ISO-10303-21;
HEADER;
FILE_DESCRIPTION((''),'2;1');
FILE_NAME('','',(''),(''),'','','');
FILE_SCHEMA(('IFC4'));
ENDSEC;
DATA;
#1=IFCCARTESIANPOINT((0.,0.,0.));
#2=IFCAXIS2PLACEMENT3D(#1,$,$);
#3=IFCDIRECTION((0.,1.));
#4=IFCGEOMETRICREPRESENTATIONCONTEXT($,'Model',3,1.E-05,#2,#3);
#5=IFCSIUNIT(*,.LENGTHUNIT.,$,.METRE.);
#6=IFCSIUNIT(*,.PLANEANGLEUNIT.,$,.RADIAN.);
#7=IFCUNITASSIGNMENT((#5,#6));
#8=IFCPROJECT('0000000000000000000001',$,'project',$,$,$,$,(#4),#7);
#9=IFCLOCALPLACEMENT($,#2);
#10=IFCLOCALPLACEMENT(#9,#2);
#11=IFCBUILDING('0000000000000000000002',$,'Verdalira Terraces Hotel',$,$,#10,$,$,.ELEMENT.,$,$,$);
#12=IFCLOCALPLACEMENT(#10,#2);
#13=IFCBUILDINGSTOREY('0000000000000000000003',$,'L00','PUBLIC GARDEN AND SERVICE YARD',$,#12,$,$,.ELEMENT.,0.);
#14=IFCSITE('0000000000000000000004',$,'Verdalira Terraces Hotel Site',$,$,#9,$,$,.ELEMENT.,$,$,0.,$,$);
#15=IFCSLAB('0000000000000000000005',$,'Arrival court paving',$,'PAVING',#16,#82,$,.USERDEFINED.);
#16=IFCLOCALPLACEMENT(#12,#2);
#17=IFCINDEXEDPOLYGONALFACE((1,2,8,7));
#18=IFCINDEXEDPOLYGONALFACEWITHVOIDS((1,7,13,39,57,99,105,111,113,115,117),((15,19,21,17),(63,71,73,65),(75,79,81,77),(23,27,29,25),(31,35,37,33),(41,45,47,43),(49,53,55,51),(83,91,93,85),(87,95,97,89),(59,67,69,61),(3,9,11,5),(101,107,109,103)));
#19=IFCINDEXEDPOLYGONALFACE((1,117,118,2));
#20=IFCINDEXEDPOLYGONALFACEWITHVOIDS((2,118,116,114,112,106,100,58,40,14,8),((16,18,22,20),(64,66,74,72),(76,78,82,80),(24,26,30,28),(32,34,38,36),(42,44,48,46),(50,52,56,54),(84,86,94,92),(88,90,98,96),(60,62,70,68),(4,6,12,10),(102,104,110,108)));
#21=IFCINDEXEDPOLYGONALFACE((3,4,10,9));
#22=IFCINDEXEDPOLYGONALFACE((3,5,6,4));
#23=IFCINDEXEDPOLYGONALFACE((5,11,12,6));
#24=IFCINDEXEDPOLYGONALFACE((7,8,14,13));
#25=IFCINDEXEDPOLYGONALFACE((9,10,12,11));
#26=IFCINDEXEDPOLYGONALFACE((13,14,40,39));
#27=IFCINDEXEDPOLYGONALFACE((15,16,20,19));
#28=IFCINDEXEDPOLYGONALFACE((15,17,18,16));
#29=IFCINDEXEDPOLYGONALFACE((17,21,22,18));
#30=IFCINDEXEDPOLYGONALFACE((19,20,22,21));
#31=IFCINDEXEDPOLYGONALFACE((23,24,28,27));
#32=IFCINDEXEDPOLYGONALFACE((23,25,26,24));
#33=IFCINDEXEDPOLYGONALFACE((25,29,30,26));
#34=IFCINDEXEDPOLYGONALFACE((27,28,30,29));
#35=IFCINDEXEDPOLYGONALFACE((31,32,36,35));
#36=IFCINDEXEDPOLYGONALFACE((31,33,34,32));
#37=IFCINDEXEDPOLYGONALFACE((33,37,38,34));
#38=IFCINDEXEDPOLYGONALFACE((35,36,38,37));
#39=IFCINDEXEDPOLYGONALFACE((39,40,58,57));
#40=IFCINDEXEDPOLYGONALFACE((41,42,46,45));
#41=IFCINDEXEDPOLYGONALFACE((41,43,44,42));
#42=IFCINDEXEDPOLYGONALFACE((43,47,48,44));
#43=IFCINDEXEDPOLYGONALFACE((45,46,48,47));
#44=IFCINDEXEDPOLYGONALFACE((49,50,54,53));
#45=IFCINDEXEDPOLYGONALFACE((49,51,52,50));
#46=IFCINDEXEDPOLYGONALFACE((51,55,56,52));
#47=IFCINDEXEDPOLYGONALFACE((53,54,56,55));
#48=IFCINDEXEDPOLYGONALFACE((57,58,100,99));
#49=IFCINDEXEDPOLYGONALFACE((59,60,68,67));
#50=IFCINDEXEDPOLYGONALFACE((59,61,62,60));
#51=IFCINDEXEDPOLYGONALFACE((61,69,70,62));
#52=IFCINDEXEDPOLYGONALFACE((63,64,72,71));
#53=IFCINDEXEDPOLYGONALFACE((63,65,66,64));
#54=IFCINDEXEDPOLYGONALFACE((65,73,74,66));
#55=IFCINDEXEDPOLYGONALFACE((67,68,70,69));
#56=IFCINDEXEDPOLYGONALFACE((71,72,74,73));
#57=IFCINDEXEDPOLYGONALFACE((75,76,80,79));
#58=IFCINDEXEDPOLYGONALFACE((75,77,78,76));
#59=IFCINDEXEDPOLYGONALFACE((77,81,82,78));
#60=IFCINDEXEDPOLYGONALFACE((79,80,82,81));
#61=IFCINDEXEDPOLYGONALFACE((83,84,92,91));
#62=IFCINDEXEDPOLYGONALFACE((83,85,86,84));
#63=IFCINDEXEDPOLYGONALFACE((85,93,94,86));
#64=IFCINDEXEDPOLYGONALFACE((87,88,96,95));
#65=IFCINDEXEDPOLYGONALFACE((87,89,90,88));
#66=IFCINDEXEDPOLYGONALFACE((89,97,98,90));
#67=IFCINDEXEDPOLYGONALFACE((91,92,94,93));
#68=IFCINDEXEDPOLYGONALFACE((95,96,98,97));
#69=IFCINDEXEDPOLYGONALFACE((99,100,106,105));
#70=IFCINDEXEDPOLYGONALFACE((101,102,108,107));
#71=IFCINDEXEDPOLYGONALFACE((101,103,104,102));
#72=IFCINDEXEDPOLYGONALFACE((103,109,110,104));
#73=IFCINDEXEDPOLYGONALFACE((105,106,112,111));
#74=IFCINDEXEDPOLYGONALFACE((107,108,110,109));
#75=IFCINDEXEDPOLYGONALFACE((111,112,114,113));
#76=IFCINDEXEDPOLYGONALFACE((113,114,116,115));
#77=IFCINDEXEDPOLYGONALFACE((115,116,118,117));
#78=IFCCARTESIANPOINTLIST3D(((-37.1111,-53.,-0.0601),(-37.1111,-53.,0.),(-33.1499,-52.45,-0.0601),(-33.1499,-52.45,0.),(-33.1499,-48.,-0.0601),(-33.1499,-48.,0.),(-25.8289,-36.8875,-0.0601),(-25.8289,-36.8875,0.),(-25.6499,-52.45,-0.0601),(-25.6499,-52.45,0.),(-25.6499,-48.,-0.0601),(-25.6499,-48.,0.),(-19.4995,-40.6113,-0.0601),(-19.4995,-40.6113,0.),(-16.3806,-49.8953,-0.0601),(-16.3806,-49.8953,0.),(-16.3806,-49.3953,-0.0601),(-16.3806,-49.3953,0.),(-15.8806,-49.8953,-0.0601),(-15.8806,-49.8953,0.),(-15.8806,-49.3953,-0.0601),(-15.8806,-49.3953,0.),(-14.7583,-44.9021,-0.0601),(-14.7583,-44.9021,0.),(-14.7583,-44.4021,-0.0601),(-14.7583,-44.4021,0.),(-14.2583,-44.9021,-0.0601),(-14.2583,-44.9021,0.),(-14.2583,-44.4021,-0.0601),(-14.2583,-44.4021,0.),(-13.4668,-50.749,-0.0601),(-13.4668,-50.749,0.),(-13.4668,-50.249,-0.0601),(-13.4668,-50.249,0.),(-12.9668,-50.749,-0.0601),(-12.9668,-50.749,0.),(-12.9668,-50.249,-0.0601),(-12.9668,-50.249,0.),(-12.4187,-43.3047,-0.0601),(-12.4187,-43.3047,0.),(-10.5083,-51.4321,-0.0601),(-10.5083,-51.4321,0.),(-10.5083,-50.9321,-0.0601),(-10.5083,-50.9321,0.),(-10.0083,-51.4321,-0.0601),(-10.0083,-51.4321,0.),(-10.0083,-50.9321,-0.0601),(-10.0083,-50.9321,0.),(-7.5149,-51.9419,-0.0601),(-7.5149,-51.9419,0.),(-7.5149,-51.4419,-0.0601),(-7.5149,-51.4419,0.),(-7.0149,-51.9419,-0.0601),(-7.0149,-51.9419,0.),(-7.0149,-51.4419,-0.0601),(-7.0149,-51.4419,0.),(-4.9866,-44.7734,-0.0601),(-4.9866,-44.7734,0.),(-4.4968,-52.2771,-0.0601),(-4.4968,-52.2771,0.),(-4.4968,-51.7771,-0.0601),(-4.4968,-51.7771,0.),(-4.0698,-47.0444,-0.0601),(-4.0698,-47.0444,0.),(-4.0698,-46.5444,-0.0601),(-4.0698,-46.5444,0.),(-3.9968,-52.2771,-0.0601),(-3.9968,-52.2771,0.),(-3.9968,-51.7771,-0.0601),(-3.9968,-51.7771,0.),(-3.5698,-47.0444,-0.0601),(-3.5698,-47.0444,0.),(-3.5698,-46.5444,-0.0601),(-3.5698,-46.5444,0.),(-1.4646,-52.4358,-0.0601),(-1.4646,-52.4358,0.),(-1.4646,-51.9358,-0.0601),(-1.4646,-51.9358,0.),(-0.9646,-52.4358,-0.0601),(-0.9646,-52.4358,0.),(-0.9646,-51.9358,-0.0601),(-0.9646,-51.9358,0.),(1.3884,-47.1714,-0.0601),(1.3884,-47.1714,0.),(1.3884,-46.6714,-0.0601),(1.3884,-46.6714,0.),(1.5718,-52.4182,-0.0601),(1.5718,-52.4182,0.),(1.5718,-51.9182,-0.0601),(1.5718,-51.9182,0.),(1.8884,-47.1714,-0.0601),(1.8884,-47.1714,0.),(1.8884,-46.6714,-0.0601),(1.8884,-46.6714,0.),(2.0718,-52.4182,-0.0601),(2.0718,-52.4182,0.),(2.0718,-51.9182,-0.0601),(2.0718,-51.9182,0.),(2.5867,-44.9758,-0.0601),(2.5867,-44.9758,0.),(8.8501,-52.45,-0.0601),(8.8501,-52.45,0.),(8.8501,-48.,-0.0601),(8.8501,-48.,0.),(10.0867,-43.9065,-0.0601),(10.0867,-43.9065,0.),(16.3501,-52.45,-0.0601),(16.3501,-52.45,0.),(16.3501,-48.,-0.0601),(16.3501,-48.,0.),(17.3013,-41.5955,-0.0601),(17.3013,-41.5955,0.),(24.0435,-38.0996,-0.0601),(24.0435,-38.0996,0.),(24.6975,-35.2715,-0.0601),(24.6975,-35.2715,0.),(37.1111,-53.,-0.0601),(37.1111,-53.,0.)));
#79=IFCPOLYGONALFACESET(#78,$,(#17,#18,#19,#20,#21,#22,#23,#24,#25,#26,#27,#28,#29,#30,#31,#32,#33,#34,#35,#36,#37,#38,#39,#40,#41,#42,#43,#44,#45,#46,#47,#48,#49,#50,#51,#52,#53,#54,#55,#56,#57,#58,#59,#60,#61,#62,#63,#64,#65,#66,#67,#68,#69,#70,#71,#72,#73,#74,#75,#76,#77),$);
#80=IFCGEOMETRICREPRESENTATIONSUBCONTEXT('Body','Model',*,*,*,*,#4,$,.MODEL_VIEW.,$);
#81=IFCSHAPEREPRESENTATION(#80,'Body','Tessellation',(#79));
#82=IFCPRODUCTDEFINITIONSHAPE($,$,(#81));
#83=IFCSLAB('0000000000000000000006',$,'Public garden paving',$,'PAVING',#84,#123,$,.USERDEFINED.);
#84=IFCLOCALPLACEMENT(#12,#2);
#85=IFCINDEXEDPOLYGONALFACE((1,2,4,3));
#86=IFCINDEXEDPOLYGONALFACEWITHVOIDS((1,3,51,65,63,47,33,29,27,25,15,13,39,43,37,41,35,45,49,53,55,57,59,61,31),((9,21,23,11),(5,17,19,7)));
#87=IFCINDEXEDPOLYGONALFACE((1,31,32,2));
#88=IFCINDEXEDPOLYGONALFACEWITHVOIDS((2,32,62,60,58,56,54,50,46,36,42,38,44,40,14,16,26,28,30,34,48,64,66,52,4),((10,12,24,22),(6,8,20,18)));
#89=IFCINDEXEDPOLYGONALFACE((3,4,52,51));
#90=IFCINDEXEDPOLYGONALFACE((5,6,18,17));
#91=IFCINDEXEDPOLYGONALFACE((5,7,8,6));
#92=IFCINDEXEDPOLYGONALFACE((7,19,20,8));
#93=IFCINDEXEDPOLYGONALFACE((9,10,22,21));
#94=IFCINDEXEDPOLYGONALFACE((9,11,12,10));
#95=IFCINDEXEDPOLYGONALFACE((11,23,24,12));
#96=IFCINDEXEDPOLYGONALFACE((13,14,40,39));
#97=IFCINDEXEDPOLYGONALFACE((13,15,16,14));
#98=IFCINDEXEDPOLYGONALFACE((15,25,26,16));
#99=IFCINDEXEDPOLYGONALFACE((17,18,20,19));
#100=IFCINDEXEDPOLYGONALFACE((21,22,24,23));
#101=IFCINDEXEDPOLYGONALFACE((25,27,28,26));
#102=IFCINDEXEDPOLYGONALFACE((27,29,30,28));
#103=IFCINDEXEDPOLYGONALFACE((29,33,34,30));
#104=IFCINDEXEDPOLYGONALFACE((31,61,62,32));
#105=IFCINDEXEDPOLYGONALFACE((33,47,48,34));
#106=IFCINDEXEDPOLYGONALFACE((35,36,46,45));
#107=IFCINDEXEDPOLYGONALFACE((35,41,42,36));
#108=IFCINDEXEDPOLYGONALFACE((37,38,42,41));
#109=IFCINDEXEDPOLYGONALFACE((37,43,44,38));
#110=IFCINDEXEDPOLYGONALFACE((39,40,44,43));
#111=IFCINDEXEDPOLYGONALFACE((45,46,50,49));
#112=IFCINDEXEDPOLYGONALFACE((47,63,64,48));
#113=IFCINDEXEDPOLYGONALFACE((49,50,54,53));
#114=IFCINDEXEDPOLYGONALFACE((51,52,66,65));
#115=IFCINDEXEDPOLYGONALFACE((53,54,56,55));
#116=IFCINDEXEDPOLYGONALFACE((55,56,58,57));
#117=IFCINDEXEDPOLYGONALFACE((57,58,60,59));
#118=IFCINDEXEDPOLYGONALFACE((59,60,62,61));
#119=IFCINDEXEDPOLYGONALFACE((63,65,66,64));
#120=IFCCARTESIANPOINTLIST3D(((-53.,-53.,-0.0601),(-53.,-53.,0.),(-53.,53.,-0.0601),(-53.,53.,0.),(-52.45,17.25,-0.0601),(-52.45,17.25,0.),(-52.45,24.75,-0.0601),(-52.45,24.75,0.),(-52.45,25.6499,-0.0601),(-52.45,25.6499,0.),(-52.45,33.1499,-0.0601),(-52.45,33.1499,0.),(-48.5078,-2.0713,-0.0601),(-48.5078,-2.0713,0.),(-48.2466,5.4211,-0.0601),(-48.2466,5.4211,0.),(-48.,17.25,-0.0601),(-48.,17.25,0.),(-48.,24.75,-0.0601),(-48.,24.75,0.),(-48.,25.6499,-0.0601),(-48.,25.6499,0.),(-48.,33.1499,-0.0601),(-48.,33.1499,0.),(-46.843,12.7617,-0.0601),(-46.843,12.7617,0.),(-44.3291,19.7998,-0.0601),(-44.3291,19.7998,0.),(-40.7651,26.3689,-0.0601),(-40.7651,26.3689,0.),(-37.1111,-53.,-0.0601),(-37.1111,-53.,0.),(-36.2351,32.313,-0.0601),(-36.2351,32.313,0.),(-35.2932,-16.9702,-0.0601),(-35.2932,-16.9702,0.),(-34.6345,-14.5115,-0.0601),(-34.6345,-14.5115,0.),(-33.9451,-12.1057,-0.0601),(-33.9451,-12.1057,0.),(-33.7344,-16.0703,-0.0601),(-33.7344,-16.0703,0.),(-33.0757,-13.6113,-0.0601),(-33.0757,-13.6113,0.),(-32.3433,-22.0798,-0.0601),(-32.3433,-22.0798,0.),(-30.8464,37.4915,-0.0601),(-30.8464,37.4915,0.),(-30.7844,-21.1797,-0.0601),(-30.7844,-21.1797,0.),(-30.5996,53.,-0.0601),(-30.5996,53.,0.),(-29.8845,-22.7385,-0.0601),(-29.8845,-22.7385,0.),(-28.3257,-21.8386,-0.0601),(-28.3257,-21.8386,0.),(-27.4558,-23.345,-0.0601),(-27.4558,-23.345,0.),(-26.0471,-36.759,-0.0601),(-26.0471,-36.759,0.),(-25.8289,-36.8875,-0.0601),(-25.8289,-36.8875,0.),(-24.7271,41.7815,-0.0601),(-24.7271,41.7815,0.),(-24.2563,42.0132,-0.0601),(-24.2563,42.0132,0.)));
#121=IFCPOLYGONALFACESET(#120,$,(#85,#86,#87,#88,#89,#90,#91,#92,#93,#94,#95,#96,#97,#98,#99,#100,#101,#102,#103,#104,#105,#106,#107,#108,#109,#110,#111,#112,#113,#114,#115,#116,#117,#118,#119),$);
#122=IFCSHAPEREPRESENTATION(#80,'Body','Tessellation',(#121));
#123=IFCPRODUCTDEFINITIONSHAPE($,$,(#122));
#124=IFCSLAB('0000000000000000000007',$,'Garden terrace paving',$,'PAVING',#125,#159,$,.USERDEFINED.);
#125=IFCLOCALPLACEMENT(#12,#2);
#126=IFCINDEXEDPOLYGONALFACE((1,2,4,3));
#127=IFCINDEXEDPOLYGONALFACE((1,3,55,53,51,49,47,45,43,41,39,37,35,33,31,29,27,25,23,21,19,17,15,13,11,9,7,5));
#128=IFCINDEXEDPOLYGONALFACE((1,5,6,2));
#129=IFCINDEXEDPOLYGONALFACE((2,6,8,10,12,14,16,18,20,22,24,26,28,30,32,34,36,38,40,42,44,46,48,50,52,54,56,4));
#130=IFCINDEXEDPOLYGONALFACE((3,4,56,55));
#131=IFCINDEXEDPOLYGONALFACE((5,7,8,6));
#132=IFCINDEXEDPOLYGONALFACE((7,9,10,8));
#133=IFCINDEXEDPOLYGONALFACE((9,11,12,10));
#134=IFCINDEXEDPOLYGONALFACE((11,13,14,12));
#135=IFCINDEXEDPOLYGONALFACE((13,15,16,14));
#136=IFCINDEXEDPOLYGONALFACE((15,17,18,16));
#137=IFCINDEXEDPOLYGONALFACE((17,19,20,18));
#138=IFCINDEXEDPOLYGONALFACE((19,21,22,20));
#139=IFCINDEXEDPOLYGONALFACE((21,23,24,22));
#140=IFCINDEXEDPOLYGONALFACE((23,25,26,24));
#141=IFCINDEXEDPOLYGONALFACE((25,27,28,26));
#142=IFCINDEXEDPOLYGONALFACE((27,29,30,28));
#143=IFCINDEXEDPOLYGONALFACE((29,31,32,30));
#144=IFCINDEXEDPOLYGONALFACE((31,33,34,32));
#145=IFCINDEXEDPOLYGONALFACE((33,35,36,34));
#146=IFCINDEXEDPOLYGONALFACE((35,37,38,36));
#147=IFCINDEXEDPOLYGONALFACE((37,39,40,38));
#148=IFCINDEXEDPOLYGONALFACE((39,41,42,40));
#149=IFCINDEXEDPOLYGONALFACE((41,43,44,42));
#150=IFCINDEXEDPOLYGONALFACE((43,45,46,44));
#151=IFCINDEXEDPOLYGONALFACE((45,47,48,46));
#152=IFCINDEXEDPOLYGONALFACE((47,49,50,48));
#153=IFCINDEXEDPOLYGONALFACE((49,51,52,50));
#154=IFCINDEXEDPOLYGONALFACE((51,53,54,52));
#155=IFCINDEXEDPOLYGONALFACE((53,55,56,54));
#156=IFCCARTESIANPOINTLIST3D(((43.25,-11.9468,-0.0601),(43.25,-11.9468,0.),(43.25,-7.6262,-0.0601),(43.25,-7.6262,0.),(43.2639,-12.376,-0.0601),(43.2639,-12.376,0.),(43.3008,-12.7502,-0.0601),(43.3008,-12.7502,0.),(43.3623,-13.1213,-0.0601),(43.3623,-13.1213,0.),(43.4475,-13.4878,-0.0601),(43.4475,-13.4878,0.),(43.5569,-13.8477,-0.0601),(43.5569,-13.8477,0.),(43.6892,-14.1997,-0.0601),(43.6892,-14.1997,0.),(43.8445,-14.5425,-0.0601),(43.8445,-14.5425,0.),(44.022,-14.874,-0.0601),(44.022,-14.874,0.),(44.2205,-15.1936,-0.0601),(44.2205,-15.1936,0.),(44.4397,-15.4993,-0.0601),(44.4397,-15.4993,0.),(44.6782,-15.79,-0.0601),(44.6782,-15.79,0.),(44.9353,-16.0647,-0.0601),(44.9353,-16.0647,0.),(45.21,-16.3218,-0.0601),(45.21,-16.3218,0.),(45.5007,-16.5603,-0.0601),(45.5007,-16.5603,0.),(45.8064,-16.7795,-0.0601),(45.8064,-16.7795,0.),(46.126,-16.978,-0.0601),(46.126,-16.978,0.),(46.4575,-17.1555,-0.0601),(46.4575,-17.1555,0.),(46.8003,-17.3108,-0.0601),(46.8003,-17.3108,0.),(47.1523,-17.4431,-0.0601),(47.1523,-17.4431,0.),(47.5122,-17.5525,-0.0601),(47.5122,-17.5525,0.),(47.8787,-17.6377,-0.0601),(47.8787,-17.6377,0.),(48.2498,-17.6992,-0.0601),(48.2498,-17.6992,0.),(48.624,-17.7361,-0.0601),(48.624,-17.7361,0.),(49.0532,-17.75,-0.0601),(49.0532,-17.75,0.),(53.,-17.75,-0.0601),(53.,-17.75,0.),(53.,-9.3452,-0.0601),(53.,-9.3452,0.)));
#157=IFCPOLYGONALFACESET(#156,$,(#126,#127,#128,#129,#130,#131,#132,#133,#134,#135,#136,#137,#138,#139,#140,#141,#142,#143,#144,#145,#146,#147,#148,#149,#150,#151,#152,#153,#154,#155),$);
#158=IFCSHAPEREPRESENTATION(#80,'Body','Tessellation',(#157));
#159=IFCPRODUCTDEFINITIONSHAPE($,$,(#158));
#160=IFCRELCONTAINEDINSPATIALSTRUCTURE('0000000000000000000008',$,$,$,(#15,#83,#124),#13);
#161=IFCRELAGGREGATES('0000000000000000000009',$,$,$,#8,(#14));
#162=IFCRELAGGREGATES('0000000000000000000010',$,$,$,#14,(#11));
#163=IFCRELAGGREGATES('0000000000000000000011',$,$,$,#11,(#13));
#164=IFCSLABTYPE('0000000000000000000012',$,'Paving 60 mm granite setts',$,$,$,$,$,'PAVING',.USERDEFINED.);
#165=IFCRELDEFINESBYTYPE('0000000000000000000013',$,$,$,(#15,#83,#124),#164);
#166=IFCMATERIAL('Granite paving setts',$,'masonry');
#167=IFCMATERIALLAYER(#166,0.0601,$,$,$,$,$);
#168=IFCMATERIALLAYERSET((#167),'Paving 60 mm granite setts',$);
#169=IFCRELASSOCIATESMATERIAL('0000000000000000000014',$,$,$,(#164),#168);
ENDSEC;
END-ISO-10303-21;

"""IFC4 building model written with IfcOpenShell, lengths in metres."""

from ifc_helpers import new_model, si_unit, direction, frame, origin, place, context, subcontext, project, spatial, polyline, outline, extrude, material, layer, layer_set, type_object, element, save


model = new_model("IFC4")

# Units and contexts
model_context = context("Model", 3, precision=1e-05, world=origin(), true_north=direction((0.0, 1.0)))
body_context = subcontext(model_context, "Body", "Model", "MODEL_VIEW")
ifc_project = project(units=[si_unit("LENGTHUNIT", "METRE"), si_unit("PLANEANGLEUNIT", "RADIAN")], contexts=[model_context])

# Site, building, storey
site_placement = place(None, origin())
site = spatial("IfcSite", under=ifc_project, at=site_placement, Name="Verdalira Terraces Hotel Site", CompositionType="ELEMENT", RefElevation=0.0)
building_placement = place(site_placement, origin())
building = spatial("IfcBuilding", under=site, at=building_placement, Name="Verdalira Terraces Hotel", CompositionType="ELEMENT")
storey_placement = place(building_placement, origin())
storey = spatial("IfcBuildingStorey", under=building, at=storey_placement, Name="L00", Description="PUBLIC GARDEN AND SERVICE YARD", CompositionType="ELEMENT", Elevation=0.0)

# Slabs
ifc_material_1 = material(Name="Granite paving setts", Category="masonry")
ifc_layer_1 = layer(ifc_material_1, 0.0601)
ifc_layer_set_1 = layer_set([ifc_layer_1], Name="Paving 60 mm granite setts")
slab_type_1 = type_object("IfcSlabType", Name="Paving 60 mm granite setts", ElementType="PAVING", PredefinedType="USERDEFINED", material=ifc_layer_set_1)
slab_1_placement = place(storey_placement, frame((0.0, 0.0, -0.0601)))
element("IfcSlab", 1, at=slab_1_placement, inside=storey, type_object=slab_type_1, Name="Arrival court paving", ObjectType="PAVING", PredefinedType="USERDEFINED", context=body_context, shape_type="SweptSolid", body=[
    extrude(outline(polyline([(-25.8289, -36.8875), (-19.4995, -40.6113), (-12.4187, -43.3047), (-4.9866, -44.7734), (2.5867, -44.9758), (10.0867, -43.9065), (17.3013, -41.5955), (24.0435, -38.0996), (24.6975, -35.2715), (37.1111, -53.0), (-37.1111, -53.0), (-25.8289, -36.8875)]), holes=[polyline([(8.8501, -48.0), (8.8501, -52.45), (16.3501, -52.45), (16.3501, -48.0), (8.8501, -48.0)]), polyline([(2.0718, -51.9182), (1.5718, -51.9182), (1.5718, -52.4182), (2.0718, -52.4182), (2.0718, -51.9182)]), polyline([(1.8884, -46.6714), (1.3884, -46.6714), (1.3884, -47.1714), (1.8884, -47.1714), (1.8884, -46.6714)]), polyline([(-0.9646, -51.9358), (-1.4646, -51.9358), (-1.4646, -52.4358), (-0.9646, -52.4358), (-0.9646, -51.9358)]), polyline([(-3.5698, -47.0444), (-3.5698, -46.5444), (-4.0698, -46.5444), (-4.0698, -47.0444), (-3.5698, -47.0444)]), polyline([(-3.9968, -51.7771), (-4.4968, -51.7771), (-4.4968, -52.2771), (-3.9968, -52.2771), (-3.9968, -51.7771)]), polyline([(-7.0149, -51.9419), (-7.0149, -51.4419), (-7.5149, -51.4419), (-7.5149, -51.9419), (-7.0149, -51.9419)]), polyline([(-10.0083, -51.4321), (-10.0083, -50.9321), (-10.5083, -50.9321), (-10.5083, -51.4321), (-10.0083, -51.4321)]), polyline([(-12.9668, -50.249), (-13.4668, -50.249), (-13.4668, -50.749), (-12.9668, -50.749), (-12.9668, -50.249)]), polyline([(-14.2583, -44.9021), (-14.2583, -44.4021), (-14.7583, -44.4021), (-14.7583, -44.9021), (-14.2583, -44.9021)]), polyline([(-15.8806, -49.3953), (-16.3806, -49.3953), (-16.3806, -49.8953), (-15.8806, -49.8953), (-15.8806, -49.3953)]), polyline([(-33.1499, -52.45), (-25.6499, -52.45), (-25.6499, -48.0), (-33.1499, -48.0), (-33.1499, -52.45)])]), origin(), (0.0, 0.0, 1.0), 0.0601),
])
slab_2_placement = place(storey_placement, frame((0.0, 0.0, -0.0601)))
element("IfcSlab", 2, at=slab_2_placement, inside=storey, type_object=slab_type_1, Name="Public garden paving", ObjectType="PAVING", PredefinedType="USERDEFINED", context=body_context, shape_type="SweptSolid", body=[
    extrude(outline(polyline([(-24.2563, 42.0132), (-24.7271, 41.7815), (-30.8464, 37.4915), (-36.2351, 32.313), (-40.7651, 26.3689), (-44.3291, 19.7998), (-46.843, 12.7617), (-48.2466, 5.4211), (-48.5078, -2.0713), (-33.9451, -12.1057), (-33.0757, -13.6113), (-34.6345, -14.5115), (-33.7344, -16.0703), (-35.2932, -16.9702), (-32.3433, -22.0798), (-30.7844, -21.1797), (-29.8845, -22.7385), (-28.3257, -21.8386), (-27.4558, -23.345), (-26.0471, -36.759), (-25.8289, -36.8875), (-37.1111, -53.0), (-53.0, -53.0), (-53.0, 53.0), (-30.5996, 53.0), (-24.2563, 42.0132)]), holes=[polyline([(-48.0, 25.6499), (-48.0, 33.1499), (-52.45, 33.1499), (-52.45, 25.6499), (-48.0, 25.6499)]), polyline([(-48.0, 24.75), (-52.45, 24.75), (-52.45, 17.25), (-48.0, 17.25), (-48.0, 24.75)])]), origin(), (0.0, 0.0, 1.0), 0.0601),
])
slab_3_placement = place(storey_placement, frame((0.0, 0.0, -0.0601)))
element("IfcSlab", 3, at=slab_3_placement, inside=storey, type_object=slab_type_1, Name="Garden terrace paving", ObjectType="PAVING", PredefinedType="USERDEFINED", context=body_context, shape_type="SweptSolid", body=[
    extrude(outline(polyline([(49.0532, -17.75), (48.624, -17.7361), (48.2498, -17.6992), (47.8787, -17.6377), (47.5122, -17.5525), (47.1523, -17.4431), (46.8003, -17.3108), (46.4575, -17.1555), (46.126, -16.978), (45.8064, -16.7795), (45.5007, -16.5603), (45.21, -16.3218), (44.9353, -16.0647), (44.6782, -15.79), (44.4397, -15.4993), (44.2205, -15.1936), (44.022, -14.874), (43.8445, -14.5425), (43.6892, -14.1997), (43.5569, -13.8477), (43.4475, -13.4878), (43.3623, -13.1213), (43.3008, -12.7502), (43.2639, -12.376), (43.25, -11.9468), (43.25, -7.6262), (53.0, -9.3452), (53.0, -17.75), (49.0532, -17.75)])), origin(), (0.0, 0.0, 1.0), 0.0601),
])

save(model, "model.ifc")
